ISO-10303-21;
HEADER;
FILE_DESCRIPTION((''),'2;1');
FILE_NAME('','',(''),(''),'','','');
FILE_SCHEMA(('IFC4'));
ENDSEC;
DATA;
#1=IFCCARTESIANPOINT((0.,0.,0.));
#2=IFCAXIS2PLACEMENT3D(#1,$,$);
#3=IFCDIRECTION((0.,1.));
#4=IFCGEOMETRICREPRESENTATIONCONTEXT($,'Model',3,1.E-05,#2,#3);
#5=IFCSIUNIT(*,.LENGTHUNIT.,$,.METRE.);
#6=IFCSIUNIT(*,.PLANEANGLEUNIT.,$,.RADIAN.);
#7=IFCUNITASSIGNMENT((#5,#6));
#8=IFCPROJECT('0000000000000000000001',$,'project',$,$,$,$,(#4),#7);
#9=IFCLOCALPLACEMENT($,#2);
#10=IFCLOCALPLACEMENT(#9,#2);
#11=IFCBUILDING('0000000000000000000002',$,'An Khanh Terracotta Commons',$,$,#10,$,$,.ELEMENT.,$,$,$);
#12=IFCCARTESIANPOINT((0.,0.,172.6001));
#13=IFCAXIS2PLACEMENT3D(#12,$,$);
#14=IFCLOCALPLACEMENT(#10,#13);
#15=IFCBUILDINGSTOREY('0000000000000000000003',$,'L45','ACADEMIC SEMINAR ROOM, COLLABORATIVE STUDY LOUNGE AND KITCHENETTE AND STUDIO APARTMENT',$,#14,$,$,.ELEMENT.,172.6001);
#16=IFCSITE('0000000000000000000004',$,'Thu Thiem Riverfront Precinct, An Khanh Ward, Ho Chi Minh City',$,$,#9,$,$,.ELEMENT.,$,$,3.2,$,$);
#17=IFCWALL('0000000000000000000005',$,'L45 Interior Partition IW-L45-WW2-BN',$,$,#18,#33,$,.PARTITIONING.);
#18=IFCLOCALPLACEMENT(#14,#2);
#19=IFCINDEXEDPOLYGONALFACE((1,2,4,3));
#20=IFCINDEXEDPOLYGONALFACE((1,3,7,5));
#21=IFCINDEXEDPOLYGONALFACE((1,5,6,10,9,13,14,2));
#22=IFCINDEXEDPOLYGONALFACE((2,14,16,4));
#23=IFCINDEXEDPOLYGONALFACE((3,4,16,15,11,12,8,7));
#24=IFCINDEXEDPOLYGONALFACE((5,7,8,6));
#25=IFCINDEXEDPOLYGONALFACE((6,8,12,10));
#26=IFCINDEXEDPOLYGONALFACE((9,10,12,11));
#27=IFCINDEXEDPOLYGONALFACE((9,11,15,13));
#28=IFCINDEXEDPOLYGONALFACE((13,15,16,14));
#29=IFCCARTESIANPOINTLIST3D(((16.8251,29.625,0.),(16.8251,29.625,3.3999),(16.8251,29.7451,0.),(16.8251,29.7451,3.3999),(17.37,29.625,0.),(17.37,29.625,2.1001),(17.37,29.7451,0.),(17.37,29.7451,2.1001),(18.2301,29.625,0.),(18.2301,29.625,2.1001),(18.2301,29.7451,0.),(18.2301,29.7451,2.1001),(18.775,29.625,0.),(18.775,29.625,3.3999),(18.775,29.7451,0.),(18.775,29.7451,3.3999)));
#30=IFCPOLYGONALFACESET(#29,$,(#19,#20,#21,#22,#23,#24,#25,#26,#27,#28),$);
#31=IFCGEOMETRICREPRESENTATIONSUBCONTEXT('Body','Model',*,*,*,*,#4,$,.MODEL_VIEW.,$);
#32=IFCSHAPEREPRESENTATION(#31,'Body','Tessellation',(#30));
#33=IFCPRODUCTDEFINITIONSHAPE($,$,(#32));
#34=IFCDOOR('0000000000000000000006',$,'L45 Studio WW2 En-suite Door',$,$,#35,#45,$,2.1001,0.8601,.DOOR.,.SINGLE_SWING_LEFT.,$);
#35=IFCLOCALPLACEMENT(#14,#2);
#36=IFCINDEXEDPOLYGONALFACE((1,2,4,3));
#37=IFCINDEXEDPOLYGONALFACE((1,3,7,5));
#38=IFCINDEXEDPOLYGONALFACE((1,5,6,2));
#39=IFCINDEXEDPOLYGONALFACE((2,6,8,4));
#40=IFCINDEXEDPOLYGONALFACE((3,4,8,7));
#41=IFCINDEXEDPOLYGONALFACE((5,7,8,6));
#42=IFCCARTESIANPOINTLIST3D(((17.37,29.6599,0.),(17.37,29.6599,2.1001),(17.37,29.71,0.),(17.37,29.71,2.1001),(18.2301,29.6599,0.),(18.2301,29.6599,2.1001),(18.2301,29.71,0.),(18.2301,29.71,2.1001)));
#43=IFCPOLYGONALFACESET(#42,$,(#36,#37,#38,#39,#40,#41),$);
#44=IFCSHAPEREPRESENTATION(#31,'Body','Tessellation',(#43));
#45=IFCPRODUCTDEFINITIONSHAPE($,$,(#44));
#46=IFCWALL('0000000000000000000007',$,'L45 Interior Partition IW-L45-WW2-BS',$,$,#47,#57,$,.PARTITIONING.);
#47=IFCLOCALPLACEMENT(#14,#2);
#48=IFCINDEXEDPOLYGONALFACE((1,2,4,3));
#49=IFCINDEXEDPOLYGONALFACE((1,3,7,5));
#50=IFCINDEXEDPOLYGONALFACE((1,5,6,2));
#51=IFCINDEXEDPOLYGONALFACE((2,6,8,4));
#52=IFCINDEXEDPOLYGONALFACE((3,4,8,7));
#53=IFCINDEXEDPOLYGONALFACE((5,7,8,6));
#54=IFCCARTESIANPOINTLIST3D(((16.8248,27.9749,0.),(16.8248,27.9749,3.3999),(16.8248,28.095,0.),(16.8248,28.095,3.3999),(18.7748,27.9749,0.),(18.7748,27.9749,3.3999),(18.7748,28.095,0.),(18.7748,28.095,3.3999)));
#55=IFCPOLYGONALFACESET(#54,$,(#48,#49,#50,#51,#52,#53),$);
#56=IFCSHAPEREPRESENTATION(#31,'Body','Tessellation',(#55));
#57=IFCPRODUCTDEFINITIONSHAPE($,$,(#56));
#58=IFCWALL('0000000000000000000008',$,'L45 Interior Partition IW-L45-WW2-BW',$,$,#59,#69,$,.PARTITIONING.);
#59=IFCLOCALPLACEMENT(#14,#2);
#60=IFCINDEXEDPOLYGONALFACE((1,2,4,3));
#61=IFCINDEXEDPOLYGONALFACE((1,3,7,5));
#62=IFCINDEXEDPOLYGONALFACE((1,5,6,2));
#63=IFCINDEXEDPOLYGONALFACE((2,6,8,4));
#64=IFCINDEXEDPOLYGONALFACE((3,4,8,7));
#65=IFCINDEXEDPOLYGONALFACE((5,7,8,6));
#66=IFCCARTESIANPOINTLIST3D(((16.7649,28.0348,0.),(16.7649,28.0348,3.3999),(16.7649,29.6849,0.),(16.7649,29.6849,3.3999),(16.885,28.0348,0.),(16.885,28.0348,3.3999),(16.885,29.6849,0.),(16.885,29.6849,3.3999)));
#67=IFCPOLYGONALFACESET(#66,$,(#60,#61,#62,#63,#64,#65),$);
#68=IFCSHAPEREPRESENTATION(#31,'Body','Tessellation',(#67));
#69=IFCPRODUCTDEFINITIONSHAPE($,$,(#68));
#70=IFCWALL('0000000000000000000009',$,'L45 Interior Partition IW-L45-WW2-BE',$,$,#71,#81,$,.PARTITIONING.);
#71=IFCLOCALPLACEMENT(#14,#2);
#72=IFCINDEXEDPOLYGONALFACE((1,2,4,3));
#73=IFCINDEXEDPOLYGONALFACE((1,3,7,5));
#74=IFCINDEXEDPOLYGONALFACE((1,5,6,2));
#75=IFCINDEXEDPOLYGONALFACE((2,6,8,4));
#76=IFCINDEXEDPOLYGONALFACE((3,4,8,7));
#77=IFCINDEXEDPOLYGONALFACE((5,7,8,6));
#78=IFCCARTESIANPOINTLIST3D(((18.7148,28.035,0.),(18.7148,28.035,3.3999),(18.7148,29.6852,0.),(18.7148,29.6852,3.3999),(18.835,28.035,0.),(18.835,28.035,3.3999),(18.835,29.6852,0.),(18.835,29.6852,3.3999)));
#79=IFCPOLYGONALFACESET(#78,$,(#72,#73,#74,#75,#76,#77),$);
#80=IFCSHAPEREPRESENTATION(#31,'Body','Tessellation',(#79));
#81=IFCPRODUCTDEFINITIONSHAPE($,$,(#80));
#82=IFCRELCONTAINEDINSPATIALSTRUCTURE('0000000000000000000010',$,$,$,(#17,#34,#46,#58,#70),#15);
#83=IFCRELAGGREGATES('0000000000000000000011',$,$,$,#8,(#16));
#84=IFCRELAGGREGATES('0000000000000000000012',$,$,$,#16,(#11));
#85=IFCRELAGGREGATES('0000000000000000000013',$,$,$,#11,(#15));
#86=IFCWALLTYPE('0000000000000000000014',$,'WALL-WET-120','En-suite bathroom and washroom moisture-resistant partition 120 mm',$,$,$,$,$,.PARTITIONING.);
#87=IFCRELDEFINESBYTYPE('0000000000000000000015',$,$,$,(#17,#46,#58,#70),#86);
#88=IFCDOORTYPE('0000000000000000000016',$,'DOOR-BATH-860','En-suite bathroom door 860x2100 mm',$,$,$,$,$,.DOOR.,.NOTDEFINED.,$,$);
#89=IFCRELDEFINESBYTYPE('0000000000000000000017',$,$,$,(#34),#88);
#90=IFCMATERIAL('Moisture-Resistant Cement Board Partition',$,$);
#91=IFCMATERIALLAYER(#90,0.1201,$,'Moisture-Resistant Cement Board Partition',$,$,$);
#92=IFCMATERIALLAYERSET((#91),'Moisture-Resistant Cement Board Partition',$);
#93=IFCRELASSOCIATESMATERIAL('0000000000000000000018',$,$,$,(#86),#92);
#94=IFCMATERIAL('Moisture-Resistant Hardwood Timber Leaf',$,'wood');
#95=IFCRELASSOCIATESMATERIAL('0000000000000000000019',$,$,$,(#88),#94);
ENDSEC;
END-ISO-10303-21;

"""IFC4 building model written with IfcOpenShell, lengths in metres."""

from ifc_helpers import new_model, si_unit, direction, frame, frame_2d, origin, place, context, subcontext, project, spatial, rectangle, extrude, material, layer, layer_set, type_object, element, fill, save


model = new_model("IFC4")

# Units and contexts
model_context = context("Model", 3, precision=1e-05, world=origin(), true_north=direction((0.0, 1.0)))
body_context = subcontext(model_context, "Body", "Model", "MODEL_VIEW")
ifc_project = project(units=[si_unit("LENGTHUNIT", "METRE"), si_unit("PLANEANGLEUNIT", "RADIAN")], contexts=[model_context])

# Site, building, storey
site_placement = place(None, origin())
site = spatial("IfcSite", under=ifc_project, at=site_placement, Name="Thu Thiem Riverfront Precinct, An Khanh Ward, Ho Chi Minh City", CompositionType="ELEMENT", RefElevation=3.2)
building_placement = place(site_placement, origin())
building = spatial("IfcBuilding", under=site, at=building_placement, Name="An Khanh Terracotta Commons", CompositionType="ELEMENT")
storey_placement = place(building_placement, frame((0.0, 0.0, 172.6001)))
storey = spatial("IfcBuildingStorey", under=building, at=storey_placement, Name="L45", Description="ACADEMIC SEMINAR ROOM, COLLABORATIVE STUDY LOUNGE AND KITCHENETTE AND STUDIO APARTMENT", CompositionType="ELEMENT", Elevation=172.6001)

# Shared definitions
ifc_material_1 = material(Name="Moisture-Resistant Cement Board Partition")
ifc_layer_1 = layer(ifc_material_1, 0.1201, Name="Moisture-Resistant Cement Board Partition")
ifc_layer_set_1 = layer_set([ifc_layer_1], Name="Moisture-Resistant Cement Board Partition")
wall_type_1 = type_object("IfcWallType", Name="WALL-WET-120", Description="En-suite bathroom and washroom moisture-resistant partition 120 mm", PredefinedType="PARTITIONING", material=ifc_layer_set_1)

# Wall, opening, door
wall_1_placement = place(storey_placement, frame((16.825, 29.6851, 0.0), z_axis=(0.0, 0.0, 1.0), x_axis=(1.0, 0.0, 0.0)))
wall_1 = element("IfcWall", 1, at=wall_1_placement, inside=storey, type_object=wall_type_1, Name="L45 Interior Partition IW-L45-WW2-BN", PredefinedType="PARTITIONING", context=body_context, shape_type="SweptSolid", body=[
    extrude(rectangle(XDim=1.95, YDim=0.1201, at=frame_2d((0.9751, 0.0))), origin(), (0.0, 0.0, 1.0), 3.3999),
])
opening_1_placement = place(wall_1_placement, frame((0.5449, 0.0, 0.0)))
opening_1 = element("IfcOpeningElement", 2, at=opening_1_placement, cuts=wall_1, PredefinedType="OPENING", context=body_context, shape_type="SweptSolid", body=[
    extrude(rectangle(XDim=0.8601, YDim=2.1001, at=frame_2d((0.4302, 1.05))), frame((0.0, 0.0701, 0.0), z_axis=(0.0, -1.0, 0.0), x_axis=(1.0, 0.0, 0.0)), (0.0, 0.0, 1.0), 0.1401),
])
ifc_material_2 = material(Name="Moisture-Resistant Hardwood Timber Leaf", Category="wood")
door_type_1 = type_object("IfcDoorType", Name="DOOR-BATH-860", Description="En-suite bathroom door 860x2100 mm", OperationType="NOTDEFINED", PredefinedType="DOOR", material=ifc_material_2)
door_1_placement = place(opening_1_placement, origin())
door_1 = element("IfcDoor", 3, at=door_1_placement, inside=storey, type_object=door_type_1, Name="L45 Studio WW2 En-suite Door", OperationType="SINGLE_SWING_LEFT", OverallHeight=2.1001, OverallWidth=0.8601, PredefinedType="DOOR", context=body_context, shape_type="SweptSolid", body=[
    extrude(rectangle(XDim=0.8601, YDim=2.1001, at=frame_2d((0.4302, 1.05))), frame((0.0, 0.0249, 0.0), z_axis=(0.0, -1.0, 0.0), x_axis=(1.0, 0.0, 0.0)), (0.0, 0.0, 1.0), 0.05),
])
fill(opening_1, door_1)

# Walls
wall_2_placement = place(storey_placement, frame((18.7749, 28.0349, 0.0), z_axis=(0.0, 0.0, 1.0), x_axis=(-1.0, 0.0, 0.0)))
element("IfcWall", 4, at=wall_2_placement, inside=storey, type_object=wall_type_1, Name="L45 Interior Partition IW-L45-WW2-BS", PredefinedType="PARTITIONING", context=body_context, shape_type="SweptSolid", body=[
    extrude(rectangle(XDim=1.95, YDim=0.1201, at=frame_2d((0.9751, 0.0))), origin(), (0.0, 0.0, 1.0), 3.3999),
])
for number, where, z_axis, x_axis, name in (
    (5, (16.825, 29.6851, 0.0), (0.0, 0.0, 1.0), (0.0, -1.0, 0.0), "L45 Interior Partition IW-L45-WW2-BW"),
    (6, (18.7749, 28.0349, 0.0), (0.0, 0.0, 1.0), (0.0, 1.0, 0.0), "L45 Interior Partition IW-L45-WW2-BE"),
):
    element("IfcWall", number, at=place(storey_placement, frame(where, z_axis=z_axis, x_axis=x_axis)), inside=storey, type_object=wall_type_1, Name=name, PredefinedType="PARTITIONING", context=body_context, shape_type="SweptSolid", body=[
        extrude(rectangle(XDim=1.6501, YDim=0.1201, at=frame_2d((0.8252, 0.0))), origin(), (0.0, 0.0, 1.0), 3.3999),
    ])

save(model, "model.ifc")
